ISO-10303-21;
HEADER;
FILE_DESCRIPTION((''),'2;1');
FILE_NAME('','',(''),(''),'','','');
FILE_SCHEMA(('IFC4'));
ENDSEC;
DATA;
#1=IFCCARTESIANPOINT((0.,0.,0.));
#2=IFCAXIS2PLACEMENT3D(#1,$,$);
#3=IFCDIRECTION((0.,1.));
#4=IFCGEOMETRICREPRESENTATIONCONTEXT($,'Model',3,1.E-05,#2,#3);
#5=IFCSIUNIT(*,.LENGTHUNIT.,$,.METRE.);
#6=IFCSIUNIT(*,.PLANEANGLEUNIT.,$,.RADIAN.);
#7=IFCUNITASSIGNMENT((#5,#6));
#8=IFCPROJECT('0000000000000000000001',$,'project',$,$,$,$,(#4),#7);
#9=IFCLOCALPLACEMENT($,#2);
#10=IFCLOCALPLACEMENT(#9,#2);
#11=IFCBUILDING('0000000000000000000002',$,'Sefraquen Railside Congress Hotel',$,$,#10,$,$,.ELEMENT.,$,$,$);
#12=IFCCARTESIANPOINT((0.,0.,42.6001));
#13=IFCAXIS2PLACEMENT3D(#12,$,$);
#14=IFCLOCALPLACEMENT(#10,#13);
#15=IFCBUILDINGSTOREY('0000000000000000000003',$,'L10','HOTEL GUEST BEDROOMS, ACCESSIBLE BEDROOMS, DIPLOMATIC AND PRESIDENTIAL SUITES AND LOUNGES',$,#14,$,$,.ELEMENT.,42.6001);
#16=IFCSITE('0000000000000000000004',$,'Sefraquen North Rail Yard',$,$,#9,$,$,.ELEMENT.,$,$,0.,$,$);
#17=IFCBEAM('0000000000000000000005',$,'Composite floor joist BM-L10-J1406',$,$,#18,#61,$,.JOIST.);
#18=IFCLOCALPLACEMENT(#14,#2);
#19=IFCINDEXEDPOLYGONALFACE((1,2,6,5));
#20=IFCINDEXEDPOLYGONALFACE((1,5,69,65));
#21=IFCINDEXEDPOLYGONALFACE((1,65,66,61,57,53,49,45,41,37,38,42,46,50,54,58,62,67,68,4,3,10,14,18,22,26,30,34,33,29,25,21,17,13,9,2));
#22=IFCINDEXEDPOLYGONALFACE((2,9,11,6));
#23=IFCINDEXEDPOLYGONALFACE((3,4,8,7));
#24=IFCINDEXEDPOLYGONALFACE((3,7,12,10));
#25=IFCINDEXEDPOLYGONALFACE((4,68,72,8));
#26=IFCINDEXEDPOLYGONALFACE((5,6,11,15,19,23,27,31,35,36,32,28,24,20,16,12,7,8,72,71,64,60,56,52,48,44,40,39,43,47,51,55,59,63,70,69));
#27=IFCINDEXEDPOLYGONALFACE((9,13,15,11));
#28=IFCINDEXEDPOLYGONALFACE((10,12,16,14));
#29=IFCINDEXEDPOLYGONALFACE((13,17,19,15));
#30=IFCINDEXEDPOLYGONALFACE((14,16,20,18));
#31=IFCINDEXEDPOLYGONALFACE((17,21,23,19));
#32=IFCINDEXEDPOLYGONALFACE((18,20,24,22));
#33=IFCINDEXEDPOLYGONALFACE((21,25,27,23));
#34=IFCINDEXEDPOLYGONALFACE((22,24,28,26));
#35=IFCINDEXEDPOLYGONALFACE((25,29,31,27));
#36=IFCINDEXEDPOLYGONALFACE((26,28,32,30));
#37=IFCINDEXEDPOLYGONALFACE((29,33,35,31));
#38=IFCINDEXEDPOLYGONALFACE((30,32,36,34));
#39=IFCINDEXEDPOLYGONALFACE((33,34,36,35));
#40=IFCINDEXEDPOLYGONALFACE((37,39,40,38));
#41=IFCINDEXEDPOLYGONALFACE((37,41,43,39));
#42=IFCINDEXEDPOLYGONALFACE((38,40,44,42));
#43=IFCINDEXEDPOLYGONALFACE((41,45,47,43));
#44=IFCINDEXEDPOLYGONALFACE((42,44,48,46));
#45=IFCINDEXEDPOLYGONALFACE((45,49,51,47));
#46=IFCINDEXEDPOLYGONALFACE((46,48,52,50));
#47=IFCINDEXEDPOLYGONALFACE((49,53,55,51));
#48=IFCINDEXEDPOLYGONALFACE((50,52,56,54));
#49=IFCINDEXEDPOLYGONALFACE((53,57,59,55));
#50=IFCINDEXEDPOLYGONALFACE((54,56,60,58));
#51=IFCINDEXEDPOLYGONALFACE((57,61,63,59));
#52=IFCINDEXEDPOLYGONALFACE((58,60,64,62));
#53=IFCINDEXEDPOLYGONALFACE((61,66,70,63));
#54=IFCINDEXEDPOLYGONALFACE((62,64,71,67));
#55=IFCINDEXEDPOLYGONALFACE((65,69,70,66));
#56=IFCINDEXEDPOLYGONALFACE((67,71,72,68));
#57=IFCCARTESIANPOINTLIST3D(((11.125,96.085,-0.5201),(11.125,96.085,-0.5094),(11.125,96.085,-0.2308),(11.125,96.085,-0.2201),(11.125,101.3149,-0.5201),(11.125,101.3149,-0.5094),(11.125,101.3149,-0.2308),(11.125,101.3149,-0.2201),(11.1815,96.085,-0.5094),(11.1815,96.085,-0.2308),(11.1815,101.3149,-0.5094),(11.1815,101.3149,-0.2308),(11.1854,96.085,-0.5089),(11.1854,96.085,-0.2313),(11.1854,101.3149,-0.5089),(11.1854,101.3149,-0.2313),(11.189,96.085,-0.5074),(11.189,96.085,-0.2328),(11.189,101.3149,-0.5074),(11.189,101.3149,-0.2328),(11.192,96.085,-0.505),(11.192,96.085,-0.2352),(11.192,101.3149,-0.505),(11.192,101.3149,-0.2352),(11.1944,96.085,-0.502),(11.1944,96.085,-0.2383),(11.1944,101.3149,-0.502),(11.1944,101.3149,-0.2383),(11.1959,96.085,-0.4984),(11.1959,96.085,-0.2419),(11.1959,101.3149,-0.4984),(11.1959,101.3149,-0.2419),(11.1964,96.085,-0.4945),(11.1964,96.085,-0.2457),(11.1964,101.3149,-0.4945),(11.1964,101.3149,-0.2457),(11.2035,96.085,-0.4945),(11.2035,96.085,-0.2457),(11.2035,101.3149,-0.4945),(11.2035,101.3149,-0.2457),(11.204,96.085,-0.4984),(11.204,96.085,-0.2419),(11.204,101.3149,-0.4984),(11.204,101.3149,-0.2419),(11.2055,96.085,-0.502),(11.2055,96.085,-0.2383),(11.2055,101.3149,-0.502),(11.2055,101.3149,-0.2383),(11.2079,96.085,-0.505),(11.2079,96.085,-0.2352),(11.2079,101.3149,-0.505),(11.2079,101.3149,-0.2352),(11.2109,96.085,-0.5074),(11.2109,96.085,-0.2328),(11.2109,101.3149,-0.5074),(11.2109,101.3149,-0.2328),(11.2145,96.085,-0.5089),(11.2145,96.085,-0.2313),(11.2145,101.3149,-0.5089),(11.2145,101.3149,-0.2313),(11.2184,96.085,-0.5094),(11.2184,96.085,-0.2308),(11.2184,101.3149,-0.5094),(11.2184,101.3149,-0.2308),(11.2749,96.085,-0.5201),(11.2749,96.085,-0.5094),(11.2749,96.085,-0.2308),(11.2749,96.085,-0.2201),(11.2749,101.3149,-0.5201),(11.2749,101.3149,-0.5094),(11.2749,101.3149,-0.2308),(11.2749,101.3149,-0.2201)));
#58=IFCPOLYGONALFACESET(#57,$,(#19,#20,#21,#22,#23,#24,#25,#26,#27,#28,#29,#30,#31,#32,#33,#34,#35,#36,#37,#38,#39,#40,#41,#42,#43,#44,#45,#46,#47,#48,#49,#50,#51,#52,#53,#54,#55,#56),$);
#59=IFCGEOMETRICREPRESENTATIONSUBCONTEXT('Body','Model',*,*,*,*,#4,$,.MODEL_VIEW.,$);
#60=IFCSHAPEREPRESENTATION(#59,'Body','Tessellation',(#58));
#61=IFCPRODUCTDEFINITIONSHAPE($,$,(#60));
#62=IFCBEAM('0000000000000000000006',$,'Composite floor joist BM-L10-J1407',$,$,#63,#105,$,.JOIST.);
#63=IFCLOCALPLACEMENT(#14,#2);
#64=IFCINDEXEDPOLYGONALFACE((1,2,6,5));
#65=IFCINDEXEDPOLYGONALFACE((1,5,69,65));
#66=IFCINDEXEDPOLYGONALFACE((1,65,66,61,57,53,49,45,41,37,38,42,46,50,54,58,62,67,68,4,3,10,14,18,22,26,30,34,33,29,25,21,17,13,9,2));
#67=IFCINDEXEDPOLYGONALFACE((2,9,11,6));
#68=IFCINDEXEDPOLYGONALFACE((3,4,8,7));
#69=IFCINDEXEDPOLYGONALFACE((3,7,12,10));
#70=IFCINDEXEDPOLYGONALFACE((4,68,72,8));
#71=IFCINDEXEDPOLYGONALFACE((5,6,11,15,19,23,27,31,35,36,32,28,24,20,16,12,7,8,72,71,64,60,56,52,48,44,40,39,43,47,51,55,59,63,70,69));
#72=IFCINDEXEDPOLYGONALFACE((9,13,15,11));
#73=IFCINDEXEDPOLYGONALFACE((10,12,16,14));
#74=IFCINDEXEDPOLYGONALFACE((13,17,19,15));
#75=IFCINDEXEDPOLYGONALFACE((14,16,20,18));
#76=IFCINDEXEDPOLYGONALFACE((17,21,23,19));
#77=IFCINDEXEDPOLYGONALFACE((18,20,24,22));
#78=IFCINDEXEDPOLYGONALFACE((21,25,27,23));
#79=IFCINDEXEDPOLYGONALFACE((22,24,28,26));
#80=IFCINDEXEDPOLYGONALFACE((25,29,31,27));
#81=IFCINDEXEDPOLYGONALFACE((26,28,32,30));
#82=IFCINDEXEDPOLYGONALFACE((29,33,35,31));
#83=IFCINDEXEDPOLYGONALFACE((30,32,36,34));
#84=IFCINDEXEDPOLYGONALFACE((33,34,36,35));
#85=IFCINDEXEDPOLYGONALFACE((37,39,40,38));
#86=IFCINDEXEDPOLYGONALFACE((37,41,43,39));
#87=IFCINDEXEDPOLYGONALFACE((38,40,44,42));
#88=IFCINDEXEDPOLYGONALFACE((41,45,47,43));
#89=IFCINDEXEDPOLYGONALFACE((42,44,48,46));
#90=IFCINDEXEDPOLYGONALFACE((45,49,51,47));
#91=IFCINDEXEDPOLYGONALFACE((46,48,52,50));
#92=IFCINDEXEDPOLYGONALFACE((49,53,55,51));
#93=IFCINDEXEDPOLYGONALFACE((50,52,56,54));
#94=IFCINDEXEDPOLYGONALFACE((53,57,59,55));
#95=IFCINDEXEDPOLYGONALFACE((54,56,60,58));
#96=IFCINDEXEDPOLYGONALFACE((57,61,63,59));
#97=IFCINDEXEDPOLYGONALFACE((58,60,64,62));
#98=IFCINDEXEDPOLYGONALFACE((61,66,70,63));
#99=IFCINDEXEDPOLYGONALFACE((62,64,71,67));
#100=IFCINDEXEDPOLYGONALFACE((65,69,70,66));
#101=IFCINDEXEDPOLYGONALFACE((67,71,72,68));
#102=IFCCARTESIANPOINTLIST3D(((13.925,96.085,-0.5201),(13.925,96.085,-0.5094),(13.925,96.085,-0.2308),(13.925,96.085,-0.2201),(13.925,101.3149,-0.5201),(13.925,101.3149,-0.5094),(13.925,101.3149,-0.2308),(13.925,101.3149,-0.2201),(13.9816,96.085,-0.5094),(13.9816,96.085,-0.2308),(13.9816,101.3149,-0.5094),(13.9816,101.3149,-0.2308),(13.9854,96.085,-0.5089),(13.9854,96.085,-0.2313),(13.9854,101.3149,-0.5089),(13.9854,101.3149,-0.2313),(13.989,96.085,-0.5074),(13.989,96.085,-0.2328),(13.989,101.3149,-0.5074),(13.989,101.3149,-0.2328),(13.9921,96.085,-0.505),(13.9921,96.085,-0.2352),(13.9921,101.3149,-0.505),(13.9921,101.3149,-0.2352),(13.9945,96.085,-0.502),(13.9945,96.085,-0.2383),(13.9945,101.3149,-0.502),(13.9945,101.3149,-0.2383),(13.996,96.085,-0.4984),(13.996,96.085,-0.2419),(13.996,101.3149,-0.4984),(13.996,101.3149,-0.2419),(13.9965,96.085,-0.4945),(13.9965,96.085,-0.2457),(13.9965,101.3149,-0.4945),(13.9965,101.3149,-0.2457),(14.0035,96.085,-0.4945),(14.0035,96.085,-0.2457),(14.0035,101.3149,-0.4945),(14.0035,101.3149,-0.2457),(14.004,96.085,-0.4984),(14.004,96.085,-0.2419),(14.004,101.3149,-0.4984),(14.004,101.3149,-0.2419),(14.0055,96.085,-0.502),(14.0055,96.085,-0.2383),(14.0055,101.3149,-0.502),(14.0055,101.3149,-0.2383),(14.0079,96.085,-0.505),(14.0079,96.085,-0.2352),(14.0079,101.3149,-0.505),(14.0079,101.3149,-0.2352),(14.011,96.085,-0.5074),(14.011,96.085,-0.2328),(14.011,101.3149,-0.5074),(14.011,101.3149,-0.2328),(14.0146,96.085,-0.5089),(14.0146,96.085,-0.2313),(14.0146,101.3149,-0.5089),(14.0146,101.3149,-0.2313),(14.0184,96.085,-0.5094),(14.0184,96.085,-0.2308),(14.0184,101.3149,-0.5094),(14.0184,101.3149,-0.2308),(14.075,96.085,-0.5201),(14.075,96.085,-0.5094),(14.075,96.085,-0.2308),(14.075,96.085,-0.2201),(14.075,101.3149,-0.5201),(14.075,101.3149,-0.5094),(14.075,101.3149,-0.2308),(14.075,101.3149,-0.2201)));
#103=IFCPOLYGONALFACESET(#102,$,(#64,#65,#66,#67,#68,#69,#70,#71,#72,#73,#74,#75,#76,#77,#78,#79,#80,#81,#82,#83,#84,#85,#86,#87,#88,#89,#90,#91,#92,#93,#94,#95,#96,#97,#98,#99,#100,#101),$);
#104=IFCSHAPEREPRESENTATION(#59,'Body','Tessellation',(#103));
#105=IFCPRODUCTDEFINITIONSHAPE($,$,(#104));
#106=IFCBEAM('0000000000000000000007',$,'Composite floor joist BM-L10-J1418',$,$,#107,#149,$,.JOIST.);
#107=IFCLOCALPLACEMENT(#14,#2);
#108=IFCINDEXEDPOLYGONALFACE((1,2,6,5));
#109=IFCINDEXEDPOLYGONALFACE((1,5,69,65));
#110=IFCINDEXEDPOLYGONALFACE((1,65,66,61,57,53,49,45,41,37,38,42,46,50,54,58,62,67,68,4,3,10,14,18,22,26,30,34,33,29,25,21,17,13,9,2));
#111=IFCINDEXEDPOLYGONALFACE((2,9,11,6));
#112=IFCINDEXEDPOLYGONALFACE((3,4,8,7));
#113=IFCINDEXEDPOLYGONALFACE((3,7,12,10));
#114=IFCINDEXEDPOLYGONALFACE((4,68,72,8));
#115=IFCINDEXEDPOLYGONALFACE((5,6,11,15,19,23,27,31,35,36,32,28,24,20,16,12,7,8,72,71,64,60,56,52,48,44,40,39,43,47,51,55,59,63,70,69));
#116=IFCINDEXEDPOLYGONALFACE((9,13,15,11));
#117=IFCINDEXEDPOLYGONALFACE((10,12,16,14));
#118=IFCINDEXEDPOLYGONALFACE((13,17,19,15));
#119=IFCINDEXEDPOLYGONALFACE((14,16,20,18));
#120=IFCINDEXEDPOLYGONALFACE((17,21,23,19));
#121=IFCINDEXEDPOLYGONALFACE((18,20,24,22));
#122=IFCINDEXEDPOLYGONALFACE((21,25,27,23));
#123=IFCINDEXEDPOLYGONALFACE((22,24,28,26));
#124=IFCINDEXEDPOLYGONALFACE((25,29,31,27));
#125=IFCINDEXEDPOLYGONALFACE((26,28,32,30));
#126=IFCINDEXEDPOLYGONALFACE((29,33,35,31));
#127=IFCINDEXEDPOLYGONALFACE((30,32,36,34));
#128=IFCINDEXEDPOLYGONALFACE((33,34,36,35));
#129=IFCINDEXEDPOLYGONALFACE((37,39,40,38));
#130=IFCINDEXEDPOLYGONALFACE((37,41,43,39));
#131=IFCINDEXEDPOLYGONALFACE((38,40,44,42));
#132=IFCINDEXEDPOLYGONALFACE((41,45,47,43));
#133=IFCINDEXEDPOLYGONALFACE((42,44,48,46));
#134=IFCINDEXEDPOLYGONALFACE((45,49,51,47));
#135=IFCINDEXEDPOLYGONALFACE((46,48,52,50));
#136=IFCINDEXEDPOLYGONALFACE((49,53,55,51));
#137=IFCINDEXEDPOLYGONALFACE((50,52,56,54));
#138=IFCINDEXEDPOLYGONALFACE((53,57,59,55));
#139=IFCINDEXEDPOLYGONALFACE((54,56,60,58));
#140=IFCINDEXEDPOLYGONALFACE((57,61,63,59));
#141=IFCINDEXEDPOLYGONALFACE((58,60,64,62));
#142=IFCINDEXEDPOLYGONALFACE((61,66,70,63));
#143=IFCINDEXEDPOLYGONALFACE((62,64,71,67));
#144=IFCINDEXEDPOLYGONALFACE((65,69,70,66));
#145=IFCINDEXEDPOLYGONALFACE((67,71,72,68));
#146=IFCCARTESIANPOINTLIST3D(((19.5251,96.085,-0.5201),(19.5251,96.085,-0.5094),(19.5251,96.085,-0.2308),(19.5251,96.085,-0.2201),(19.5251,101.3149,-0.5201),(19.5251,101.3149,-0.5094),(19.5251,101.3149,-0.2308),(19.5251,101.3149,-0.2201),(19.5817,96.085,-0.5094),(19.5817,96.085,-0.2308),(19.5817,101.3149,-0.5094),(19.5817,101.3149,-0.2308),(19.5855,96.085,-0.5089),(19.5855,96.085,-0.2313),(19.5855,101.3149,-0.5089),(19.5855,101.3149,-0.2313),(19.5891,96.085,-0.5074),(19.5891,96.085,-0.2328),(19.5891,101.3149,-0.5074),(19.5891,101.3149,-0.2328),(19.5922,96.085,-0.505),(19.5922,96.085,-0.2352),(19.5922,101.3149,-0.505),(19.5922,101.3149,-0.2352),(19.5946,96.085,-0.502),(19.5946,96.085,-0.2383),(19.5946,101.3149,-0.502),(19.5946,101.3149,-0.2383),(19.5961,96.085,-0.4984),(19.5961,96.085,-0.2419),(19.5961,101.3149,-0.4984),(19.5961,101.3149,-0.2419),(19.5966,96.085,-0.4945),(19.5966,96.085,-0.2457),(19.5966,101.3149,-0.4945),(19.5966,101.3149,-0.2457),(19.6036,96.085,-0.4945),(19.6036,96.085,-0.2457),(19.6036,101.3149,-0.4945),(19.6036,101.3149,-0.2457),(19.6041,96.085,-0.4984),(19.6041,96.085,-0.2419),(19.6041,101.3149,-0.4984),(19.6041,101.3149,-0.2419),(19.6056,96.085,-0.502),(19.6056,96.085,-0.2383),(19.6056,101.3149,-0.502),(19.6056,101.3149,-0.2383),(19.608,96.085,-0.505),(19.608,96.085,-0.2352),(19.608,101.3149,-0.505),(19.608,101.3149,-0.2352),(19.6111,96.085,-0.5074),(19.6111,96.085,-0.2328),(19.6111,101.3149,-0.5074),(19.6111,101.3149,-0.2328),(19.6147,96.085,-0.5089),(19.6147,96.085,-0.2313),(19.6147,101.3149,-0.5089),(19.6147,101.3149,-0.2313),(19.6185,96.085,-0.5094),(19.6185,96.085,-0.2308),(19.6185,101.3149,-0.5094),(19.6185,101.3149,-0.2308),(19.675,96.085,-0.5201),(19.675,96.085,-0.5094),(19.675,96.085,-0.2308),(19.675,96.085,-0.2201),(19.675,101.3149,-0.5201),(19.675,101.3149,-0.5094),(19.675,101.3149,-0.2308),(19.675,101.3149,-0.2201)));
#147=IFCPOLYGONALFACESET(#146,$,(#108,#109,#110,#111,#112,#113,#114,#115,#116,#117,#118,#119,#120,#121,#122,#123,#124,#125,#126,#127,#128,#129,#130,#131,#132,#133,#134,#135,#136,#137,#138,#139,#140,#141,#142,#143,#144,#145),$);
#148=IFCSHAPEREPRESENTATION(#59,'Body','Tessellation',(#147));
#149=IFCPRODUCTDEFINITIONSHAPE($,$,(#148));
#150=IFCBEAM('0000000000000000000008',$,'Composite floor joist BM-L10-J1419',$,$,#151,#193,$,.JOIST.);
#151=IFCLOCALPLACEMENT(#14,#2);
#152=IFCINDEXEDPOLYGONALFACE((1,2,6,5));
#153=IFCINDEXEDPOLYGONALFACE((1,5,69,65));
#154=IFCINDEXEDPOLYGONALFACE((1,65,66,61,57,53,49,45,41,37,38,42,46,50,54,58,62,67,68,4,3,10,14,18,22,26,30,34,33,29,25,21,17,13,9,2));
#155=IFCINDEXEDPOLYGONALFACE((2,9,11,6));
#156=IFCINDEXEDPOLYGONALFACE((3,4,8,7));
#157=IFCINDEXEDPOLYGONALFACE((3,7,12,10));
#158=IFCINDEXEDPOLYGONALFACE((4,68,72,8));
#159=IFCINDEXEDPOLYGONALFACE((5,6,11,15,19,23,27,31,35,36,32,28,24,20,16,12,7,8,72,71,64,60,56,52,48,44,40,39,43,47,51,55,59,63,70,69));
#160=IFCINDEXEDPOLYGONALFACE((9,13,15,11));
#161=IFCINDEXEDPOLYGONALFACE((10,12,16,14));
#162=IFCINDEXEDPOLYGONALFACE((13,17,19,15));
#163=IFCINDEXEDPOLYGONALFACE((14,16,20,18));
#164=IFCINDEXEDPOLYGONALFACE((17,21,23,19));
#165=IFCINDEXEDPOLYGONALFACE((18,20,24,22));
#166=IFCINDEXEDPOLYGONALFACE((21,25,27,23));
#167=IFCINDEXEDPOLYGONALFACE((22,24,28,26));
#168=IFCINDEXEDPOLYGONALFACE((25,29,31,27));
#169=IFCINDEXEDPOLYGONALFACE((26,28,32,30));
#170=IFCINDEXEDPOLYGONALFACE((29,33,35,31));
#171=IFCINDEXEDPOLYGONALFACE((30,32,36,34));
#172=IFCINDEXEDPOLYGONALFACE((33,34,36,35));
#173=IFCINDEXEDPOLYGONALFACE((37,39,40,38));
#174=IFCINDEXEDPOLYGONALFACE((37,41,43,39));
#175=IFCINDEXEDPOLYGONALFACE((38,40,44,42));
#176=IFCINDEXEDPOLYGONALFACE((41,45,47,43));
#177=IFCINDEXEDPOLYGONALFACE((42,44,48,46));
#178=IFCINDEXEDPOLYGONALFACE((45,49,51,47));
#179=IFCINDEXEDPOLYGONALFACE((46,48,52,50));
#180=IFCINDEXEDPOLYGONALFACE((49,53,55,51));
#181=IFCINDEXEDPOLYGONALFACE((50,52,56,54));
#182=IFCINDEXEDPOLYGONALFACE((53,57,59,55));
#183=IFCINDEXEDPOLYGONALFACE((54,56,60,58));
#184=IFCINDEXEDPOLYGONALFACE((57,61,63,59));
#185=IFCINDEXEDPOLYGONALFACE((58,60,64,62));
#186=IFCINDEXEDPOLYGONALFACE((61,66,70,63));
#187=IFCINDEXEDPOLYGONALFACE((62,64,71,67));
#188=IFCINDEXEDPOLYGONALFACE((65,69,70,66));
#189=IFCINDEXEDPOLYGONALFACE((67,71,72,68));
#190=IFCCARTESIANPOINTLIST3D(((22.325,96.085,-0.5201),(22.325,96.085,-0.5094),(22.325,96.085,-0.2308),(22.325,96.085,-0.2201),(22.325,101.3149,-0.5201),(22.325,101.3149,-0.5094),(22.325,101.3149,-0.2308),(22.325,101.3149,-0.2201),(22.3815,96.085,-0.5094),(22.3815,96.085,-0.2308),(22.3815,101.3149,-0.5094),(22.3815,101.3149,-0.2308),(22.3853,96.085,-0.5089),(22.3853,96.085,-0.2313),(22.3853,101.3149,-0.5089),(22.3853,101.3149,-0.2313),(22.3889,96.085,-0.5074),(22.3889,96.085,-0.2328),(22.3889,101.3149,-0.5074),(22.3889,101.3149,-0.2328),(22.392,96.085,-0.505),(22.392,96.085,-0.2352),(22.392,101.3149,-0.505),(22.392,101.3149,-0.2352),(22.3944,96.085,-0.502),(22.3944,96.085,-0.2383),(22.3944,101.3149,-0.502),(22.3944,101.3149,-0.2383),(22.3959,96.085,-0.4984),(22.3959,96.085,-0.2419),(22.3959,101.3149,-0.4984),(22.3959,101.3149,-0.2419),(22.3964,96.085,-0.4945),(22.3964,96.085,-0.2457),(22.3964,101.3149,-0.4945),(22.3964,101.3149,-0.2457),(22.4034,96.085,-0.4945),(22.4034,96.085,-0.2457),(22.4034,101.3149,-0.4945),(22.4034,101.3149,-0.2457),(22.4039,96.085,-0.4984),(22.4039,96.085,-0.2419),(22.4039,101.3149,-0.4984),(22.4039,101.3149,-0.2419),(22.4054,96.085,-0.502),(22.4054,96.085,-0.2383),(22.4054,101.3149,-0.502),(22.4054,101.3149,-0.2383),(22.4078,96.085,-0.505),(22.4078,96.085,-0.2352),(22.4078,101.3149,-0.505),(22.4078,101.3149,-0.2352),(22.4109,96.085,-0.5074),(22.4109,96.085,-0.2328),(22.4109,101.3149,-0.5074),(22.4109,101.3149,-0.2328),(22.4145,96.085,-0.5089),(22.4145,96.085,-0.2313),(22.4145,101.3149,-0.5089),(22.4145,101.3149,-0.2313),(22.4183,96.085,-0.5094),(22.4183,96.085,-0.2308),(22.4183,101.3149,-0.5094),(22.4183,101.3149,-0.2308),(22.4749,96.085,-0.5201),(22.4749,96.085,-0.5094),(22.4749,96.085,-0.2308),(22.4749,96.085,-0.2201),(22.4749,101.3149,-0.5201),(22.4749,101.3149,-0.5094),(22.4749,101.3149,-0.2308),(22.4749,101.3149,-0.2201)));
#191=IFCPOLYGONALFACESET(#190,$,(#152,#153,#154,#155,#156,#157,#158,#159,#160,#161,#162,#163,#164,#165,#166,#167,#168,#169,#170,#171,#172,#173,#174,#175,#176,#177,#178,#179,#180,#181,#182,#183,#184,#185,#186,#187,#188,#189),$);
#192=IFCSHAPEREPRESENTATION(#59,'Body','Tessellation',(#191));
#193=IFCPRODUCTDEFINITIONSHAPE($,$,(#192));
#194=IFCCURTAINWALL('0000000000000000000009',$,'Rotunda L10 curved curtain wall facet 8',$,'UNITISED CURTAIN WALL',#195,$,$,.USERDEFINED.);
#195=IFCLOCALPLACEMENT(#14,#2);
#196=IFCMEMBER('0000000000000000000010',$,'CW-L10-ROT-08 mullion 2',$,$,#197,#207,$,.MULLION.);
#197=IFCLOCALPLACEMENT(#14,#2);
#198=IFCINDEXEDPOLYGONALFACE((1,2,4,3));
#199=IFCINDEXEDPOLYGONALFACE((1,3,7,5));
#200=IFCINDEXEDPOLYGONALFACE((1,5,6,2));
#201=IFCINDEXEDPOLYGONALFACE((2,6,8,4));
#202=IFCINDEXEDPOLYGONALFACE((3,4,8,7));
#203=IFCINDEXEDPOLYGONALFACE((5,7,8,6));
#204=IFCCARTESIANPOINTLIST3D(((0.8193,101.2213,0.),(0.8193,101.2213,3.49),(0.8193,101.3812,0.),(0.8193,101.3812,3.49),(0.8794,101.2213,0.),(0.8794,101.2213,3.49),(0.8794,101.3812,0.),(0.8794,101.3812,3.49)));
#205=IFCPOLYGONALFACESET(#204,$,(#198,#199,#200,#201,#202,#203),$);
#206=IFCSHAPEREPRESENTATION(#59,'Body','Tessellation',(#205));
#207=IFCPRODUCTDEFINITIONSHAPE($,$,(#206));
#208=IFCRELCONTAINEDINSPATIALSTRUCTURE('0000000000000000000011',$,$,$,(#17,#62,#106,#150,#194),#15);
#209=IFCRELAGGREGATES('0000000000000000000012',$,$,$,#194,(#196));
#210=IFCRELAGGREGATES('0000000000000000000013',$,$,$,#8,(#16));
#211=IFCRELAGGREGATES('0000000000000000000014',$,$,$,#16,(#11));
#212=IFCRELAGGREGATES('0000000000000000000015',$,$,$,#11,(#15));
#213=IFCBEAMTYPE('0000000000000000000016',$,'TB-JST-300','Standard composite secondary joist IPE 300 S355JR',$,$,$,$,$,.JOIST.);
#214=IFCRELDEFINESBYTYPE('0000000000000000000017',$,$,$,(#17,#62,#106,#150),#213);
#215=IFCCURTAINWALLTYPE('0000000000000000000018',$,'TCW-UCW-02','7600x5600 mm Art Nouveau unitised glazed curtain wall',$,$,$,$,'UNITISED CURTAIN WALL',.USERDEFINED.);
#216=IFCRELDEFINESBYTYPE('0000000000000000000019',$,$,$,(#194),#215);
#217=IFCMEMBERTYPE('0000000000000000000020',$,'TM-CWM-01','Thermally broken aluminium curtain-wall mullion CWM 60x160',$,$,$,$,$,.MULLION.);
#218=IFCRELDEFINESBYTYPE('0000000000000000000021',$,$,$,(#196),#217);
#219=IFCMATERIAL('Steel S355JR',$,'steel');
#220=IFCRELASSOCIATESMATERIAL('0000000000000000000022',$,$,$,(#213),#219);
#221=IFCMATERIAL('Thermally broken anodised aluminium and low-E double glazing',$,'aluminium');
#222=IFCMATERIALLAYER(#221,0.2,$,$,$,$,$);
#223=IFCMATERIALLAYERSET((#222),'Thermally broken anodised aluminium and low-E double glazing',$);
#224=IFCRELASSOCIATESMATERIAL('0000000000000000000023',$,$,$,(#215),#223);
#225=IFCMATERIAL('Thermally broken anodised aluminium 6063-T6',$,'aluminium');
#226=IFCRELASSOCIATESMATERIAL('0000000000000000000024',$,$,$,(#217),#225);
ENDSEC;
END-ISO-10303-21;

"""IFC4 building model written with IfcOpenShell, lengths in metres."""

from ifc_helpers import new_model, si_unit, direction, frame, origin, origin_2d, place, context, subcontext, project, spatial, rectangle, i_section, extrude, material, layer, layer_set, material_profile, profile_set, type_object, element, aggregate, save


model = new_model("IFC4")

# Units and contexts
model_context = context("Model", 3, precision=1e-05, world=origin(), true_north=direction((0.0, 1.0)))
body_context = subcontext(model_context, "Body", "Model", "MODEL_VIEW")
ifc_project = project(units=[si_unit("LENGTHUNIT", "METRE"), si_unit("PLANEANGLEUNIT", "RADIAN")], contexts=[model_context])

# Site, building, storey
site_placement = place(None, origin())
site = spatial("IfcSite", under=ifc_project, at=site_placement, Name="Sefraquen North Rail Yard", CompositionType="ELEMENT", RefElevation=0.0)
building_placement = place(site_placement, origin())
building = spatial("IfcBuilding", under=site, at=building_placement, Name="Sefraquen Railside Congress Hotel", CompositionType="ELEMENT")
storey_placement = place(building_placement, frame((0.0, 0.0, 42.6001)))
storey = spatial("IfcBuildingStorey", under=building, at=storey_placement, Name="L10", Description="HOTEL GUEST BEDROOMS, ACCESSIBLE BEDROOMS, DIPLOMATIC AND PRESIDENTIAL SUITES AND LOUNGES", CompositionType="ELEMENT", Elevation=42.6001)

# Shared definitions
ifc_material_1 = material(Name="Steel S355JR", Category="steel")

# Beams
ifc_material_profile_1 = material_profile(ifc_material_1, i_section(OverallWidth=0.1499, OverallDepth=0.3, WebThickness=0.0071, FlangeThickness=0.0107, FilletRadius=0.0149, at=origin_2d()), Name="IPE 300")
ifc_profile_set_1 = profile_set([ifc_material_profile_1], Name="Steel S355JR")
beam_type_1 = type_object("IfcBeamType", Name="TB-JST-300", Description="Standard composite secondary joist IPE 300 S355JR", PredefinedType="JOIST", material=ifc_profile_set_1)
for number, where, z_axis, x_axis, name in (
    (1, (11.2, 96.085, -0.3701), (0.0, 1.0, 0.0), (-1.0, 0.0, 0.0), "Composite floor joist BM-L10-J1406"),
    (2, (14.0, 96.085, -0.3701), (0.0, 1.0, 0.0), (-1.0, 0.0, 0.0), "Composite floor joist BM-L10-J1407"),
    (3, (19.6001, 96.085, -0.3701), (0.0, 1.0, 0.0), (-1.0, 0.0, 0.0), "Composite floor joist BM-L10-J1418"),
    (4, (22.3999, 96.085, -0.3701), (0.0, 1.0, 0.0), (-1.0, 0.0, 0.0), "Composite floor joist BM-L10-J1419"),
):
    element("IfcBeam", number, at=place(storey_placement, frame(where, z_axis=z_axis, x_axis=x_axis)), inside=storey, type_object=beam_type_1, Name=name, PredefinedType="JOIST", context=body_context, shape_type="SweptSolid", body=[
        extrude(i_section(OverallWidth=0.1499, OverallDepth=0.3, WebThickness=0.0071, FlangeThickness=0.0107, FilletRadius=0.0149, at=origin_2d()), origin(), (0.0, 0.0, 1.0), 5.23),
    ])

# Curtain wall, member
ifc_material_2 = material(Name="Thermally broken anodised aluminium and low-E double glazing", Category="aluminium")
ifc_layer_1 = layer(ifc_material_2, 0.2)
ifc_layer_set_1 = layer_set([ifc_layer_1], Name="Thermally broken anodised aluminium and low-E double glazing")
curtain_wall_type = type_object("IfcCurtainWallType", Name="TCW-UCW-02", Description="7600x5600 mm Art Nouveau unitised glazed curtain wall", ElementType="UNITISED CURTAIN WALL", PredefinedType="USERDEFINED", material=ifc_layer_set_1)
curtain_wall_placement = place(storey_placement, origin())
curtain_wall = element("IfcCurtainWall", 5, at=curtain_wall_placement, inside=storey, type_object=curtain_wall_type, Name="Rotunda L10 curved curtain wall facet 8", ObjectType="UNITISED CURTAIN WALL", PredefinedType="USERDEFINED")
ifc_material_3 = material(Name="Thermally broken anodised aluminium 6063-T6", Category="aluminium")
ifc_material_profile_2 = material_profile(ifc_material_3, rectangle(XDim=0.0601, YDim=0.1599, at=origin_2d()), Name="CWM 60x160")
ifc_profile_set_2 = profile_set([ifc_material_profile_2], Name="Thermally broken anodised aluminium 6063-T6")
member_type_1 = type_object("IfcMemberType", Name="TM-CWM-01", Description="Thermally broken aluminium curtain-wall mullion CWM 60x160", PredefinedType="MULLION", material=ifc_profile_set_2)
member_1_placement = place(storey_placement, frame((0.8494, 101.3013, 0.0), z_axis=(0.0, 0.0, 1.0), x_axis=(1.0, 0.0, 0.0)))
member_1 = element("IfcMember", 6, at=member_1_placement, type_object=member_type_1, Name="CW-L10-ROT-08 mullion 2", PredefinedType="MULLION", context=body_context, shape_type="SweptSolid", body=[
    extrude(rectangle(XDim=0.0601, YDim=0.1599, at=origin_2d()), origin(), (0.0, 0.0, 1.0), 3.49),
])
aggregate(curtain_wall, [member_1])

save(model, "model.ifc")
